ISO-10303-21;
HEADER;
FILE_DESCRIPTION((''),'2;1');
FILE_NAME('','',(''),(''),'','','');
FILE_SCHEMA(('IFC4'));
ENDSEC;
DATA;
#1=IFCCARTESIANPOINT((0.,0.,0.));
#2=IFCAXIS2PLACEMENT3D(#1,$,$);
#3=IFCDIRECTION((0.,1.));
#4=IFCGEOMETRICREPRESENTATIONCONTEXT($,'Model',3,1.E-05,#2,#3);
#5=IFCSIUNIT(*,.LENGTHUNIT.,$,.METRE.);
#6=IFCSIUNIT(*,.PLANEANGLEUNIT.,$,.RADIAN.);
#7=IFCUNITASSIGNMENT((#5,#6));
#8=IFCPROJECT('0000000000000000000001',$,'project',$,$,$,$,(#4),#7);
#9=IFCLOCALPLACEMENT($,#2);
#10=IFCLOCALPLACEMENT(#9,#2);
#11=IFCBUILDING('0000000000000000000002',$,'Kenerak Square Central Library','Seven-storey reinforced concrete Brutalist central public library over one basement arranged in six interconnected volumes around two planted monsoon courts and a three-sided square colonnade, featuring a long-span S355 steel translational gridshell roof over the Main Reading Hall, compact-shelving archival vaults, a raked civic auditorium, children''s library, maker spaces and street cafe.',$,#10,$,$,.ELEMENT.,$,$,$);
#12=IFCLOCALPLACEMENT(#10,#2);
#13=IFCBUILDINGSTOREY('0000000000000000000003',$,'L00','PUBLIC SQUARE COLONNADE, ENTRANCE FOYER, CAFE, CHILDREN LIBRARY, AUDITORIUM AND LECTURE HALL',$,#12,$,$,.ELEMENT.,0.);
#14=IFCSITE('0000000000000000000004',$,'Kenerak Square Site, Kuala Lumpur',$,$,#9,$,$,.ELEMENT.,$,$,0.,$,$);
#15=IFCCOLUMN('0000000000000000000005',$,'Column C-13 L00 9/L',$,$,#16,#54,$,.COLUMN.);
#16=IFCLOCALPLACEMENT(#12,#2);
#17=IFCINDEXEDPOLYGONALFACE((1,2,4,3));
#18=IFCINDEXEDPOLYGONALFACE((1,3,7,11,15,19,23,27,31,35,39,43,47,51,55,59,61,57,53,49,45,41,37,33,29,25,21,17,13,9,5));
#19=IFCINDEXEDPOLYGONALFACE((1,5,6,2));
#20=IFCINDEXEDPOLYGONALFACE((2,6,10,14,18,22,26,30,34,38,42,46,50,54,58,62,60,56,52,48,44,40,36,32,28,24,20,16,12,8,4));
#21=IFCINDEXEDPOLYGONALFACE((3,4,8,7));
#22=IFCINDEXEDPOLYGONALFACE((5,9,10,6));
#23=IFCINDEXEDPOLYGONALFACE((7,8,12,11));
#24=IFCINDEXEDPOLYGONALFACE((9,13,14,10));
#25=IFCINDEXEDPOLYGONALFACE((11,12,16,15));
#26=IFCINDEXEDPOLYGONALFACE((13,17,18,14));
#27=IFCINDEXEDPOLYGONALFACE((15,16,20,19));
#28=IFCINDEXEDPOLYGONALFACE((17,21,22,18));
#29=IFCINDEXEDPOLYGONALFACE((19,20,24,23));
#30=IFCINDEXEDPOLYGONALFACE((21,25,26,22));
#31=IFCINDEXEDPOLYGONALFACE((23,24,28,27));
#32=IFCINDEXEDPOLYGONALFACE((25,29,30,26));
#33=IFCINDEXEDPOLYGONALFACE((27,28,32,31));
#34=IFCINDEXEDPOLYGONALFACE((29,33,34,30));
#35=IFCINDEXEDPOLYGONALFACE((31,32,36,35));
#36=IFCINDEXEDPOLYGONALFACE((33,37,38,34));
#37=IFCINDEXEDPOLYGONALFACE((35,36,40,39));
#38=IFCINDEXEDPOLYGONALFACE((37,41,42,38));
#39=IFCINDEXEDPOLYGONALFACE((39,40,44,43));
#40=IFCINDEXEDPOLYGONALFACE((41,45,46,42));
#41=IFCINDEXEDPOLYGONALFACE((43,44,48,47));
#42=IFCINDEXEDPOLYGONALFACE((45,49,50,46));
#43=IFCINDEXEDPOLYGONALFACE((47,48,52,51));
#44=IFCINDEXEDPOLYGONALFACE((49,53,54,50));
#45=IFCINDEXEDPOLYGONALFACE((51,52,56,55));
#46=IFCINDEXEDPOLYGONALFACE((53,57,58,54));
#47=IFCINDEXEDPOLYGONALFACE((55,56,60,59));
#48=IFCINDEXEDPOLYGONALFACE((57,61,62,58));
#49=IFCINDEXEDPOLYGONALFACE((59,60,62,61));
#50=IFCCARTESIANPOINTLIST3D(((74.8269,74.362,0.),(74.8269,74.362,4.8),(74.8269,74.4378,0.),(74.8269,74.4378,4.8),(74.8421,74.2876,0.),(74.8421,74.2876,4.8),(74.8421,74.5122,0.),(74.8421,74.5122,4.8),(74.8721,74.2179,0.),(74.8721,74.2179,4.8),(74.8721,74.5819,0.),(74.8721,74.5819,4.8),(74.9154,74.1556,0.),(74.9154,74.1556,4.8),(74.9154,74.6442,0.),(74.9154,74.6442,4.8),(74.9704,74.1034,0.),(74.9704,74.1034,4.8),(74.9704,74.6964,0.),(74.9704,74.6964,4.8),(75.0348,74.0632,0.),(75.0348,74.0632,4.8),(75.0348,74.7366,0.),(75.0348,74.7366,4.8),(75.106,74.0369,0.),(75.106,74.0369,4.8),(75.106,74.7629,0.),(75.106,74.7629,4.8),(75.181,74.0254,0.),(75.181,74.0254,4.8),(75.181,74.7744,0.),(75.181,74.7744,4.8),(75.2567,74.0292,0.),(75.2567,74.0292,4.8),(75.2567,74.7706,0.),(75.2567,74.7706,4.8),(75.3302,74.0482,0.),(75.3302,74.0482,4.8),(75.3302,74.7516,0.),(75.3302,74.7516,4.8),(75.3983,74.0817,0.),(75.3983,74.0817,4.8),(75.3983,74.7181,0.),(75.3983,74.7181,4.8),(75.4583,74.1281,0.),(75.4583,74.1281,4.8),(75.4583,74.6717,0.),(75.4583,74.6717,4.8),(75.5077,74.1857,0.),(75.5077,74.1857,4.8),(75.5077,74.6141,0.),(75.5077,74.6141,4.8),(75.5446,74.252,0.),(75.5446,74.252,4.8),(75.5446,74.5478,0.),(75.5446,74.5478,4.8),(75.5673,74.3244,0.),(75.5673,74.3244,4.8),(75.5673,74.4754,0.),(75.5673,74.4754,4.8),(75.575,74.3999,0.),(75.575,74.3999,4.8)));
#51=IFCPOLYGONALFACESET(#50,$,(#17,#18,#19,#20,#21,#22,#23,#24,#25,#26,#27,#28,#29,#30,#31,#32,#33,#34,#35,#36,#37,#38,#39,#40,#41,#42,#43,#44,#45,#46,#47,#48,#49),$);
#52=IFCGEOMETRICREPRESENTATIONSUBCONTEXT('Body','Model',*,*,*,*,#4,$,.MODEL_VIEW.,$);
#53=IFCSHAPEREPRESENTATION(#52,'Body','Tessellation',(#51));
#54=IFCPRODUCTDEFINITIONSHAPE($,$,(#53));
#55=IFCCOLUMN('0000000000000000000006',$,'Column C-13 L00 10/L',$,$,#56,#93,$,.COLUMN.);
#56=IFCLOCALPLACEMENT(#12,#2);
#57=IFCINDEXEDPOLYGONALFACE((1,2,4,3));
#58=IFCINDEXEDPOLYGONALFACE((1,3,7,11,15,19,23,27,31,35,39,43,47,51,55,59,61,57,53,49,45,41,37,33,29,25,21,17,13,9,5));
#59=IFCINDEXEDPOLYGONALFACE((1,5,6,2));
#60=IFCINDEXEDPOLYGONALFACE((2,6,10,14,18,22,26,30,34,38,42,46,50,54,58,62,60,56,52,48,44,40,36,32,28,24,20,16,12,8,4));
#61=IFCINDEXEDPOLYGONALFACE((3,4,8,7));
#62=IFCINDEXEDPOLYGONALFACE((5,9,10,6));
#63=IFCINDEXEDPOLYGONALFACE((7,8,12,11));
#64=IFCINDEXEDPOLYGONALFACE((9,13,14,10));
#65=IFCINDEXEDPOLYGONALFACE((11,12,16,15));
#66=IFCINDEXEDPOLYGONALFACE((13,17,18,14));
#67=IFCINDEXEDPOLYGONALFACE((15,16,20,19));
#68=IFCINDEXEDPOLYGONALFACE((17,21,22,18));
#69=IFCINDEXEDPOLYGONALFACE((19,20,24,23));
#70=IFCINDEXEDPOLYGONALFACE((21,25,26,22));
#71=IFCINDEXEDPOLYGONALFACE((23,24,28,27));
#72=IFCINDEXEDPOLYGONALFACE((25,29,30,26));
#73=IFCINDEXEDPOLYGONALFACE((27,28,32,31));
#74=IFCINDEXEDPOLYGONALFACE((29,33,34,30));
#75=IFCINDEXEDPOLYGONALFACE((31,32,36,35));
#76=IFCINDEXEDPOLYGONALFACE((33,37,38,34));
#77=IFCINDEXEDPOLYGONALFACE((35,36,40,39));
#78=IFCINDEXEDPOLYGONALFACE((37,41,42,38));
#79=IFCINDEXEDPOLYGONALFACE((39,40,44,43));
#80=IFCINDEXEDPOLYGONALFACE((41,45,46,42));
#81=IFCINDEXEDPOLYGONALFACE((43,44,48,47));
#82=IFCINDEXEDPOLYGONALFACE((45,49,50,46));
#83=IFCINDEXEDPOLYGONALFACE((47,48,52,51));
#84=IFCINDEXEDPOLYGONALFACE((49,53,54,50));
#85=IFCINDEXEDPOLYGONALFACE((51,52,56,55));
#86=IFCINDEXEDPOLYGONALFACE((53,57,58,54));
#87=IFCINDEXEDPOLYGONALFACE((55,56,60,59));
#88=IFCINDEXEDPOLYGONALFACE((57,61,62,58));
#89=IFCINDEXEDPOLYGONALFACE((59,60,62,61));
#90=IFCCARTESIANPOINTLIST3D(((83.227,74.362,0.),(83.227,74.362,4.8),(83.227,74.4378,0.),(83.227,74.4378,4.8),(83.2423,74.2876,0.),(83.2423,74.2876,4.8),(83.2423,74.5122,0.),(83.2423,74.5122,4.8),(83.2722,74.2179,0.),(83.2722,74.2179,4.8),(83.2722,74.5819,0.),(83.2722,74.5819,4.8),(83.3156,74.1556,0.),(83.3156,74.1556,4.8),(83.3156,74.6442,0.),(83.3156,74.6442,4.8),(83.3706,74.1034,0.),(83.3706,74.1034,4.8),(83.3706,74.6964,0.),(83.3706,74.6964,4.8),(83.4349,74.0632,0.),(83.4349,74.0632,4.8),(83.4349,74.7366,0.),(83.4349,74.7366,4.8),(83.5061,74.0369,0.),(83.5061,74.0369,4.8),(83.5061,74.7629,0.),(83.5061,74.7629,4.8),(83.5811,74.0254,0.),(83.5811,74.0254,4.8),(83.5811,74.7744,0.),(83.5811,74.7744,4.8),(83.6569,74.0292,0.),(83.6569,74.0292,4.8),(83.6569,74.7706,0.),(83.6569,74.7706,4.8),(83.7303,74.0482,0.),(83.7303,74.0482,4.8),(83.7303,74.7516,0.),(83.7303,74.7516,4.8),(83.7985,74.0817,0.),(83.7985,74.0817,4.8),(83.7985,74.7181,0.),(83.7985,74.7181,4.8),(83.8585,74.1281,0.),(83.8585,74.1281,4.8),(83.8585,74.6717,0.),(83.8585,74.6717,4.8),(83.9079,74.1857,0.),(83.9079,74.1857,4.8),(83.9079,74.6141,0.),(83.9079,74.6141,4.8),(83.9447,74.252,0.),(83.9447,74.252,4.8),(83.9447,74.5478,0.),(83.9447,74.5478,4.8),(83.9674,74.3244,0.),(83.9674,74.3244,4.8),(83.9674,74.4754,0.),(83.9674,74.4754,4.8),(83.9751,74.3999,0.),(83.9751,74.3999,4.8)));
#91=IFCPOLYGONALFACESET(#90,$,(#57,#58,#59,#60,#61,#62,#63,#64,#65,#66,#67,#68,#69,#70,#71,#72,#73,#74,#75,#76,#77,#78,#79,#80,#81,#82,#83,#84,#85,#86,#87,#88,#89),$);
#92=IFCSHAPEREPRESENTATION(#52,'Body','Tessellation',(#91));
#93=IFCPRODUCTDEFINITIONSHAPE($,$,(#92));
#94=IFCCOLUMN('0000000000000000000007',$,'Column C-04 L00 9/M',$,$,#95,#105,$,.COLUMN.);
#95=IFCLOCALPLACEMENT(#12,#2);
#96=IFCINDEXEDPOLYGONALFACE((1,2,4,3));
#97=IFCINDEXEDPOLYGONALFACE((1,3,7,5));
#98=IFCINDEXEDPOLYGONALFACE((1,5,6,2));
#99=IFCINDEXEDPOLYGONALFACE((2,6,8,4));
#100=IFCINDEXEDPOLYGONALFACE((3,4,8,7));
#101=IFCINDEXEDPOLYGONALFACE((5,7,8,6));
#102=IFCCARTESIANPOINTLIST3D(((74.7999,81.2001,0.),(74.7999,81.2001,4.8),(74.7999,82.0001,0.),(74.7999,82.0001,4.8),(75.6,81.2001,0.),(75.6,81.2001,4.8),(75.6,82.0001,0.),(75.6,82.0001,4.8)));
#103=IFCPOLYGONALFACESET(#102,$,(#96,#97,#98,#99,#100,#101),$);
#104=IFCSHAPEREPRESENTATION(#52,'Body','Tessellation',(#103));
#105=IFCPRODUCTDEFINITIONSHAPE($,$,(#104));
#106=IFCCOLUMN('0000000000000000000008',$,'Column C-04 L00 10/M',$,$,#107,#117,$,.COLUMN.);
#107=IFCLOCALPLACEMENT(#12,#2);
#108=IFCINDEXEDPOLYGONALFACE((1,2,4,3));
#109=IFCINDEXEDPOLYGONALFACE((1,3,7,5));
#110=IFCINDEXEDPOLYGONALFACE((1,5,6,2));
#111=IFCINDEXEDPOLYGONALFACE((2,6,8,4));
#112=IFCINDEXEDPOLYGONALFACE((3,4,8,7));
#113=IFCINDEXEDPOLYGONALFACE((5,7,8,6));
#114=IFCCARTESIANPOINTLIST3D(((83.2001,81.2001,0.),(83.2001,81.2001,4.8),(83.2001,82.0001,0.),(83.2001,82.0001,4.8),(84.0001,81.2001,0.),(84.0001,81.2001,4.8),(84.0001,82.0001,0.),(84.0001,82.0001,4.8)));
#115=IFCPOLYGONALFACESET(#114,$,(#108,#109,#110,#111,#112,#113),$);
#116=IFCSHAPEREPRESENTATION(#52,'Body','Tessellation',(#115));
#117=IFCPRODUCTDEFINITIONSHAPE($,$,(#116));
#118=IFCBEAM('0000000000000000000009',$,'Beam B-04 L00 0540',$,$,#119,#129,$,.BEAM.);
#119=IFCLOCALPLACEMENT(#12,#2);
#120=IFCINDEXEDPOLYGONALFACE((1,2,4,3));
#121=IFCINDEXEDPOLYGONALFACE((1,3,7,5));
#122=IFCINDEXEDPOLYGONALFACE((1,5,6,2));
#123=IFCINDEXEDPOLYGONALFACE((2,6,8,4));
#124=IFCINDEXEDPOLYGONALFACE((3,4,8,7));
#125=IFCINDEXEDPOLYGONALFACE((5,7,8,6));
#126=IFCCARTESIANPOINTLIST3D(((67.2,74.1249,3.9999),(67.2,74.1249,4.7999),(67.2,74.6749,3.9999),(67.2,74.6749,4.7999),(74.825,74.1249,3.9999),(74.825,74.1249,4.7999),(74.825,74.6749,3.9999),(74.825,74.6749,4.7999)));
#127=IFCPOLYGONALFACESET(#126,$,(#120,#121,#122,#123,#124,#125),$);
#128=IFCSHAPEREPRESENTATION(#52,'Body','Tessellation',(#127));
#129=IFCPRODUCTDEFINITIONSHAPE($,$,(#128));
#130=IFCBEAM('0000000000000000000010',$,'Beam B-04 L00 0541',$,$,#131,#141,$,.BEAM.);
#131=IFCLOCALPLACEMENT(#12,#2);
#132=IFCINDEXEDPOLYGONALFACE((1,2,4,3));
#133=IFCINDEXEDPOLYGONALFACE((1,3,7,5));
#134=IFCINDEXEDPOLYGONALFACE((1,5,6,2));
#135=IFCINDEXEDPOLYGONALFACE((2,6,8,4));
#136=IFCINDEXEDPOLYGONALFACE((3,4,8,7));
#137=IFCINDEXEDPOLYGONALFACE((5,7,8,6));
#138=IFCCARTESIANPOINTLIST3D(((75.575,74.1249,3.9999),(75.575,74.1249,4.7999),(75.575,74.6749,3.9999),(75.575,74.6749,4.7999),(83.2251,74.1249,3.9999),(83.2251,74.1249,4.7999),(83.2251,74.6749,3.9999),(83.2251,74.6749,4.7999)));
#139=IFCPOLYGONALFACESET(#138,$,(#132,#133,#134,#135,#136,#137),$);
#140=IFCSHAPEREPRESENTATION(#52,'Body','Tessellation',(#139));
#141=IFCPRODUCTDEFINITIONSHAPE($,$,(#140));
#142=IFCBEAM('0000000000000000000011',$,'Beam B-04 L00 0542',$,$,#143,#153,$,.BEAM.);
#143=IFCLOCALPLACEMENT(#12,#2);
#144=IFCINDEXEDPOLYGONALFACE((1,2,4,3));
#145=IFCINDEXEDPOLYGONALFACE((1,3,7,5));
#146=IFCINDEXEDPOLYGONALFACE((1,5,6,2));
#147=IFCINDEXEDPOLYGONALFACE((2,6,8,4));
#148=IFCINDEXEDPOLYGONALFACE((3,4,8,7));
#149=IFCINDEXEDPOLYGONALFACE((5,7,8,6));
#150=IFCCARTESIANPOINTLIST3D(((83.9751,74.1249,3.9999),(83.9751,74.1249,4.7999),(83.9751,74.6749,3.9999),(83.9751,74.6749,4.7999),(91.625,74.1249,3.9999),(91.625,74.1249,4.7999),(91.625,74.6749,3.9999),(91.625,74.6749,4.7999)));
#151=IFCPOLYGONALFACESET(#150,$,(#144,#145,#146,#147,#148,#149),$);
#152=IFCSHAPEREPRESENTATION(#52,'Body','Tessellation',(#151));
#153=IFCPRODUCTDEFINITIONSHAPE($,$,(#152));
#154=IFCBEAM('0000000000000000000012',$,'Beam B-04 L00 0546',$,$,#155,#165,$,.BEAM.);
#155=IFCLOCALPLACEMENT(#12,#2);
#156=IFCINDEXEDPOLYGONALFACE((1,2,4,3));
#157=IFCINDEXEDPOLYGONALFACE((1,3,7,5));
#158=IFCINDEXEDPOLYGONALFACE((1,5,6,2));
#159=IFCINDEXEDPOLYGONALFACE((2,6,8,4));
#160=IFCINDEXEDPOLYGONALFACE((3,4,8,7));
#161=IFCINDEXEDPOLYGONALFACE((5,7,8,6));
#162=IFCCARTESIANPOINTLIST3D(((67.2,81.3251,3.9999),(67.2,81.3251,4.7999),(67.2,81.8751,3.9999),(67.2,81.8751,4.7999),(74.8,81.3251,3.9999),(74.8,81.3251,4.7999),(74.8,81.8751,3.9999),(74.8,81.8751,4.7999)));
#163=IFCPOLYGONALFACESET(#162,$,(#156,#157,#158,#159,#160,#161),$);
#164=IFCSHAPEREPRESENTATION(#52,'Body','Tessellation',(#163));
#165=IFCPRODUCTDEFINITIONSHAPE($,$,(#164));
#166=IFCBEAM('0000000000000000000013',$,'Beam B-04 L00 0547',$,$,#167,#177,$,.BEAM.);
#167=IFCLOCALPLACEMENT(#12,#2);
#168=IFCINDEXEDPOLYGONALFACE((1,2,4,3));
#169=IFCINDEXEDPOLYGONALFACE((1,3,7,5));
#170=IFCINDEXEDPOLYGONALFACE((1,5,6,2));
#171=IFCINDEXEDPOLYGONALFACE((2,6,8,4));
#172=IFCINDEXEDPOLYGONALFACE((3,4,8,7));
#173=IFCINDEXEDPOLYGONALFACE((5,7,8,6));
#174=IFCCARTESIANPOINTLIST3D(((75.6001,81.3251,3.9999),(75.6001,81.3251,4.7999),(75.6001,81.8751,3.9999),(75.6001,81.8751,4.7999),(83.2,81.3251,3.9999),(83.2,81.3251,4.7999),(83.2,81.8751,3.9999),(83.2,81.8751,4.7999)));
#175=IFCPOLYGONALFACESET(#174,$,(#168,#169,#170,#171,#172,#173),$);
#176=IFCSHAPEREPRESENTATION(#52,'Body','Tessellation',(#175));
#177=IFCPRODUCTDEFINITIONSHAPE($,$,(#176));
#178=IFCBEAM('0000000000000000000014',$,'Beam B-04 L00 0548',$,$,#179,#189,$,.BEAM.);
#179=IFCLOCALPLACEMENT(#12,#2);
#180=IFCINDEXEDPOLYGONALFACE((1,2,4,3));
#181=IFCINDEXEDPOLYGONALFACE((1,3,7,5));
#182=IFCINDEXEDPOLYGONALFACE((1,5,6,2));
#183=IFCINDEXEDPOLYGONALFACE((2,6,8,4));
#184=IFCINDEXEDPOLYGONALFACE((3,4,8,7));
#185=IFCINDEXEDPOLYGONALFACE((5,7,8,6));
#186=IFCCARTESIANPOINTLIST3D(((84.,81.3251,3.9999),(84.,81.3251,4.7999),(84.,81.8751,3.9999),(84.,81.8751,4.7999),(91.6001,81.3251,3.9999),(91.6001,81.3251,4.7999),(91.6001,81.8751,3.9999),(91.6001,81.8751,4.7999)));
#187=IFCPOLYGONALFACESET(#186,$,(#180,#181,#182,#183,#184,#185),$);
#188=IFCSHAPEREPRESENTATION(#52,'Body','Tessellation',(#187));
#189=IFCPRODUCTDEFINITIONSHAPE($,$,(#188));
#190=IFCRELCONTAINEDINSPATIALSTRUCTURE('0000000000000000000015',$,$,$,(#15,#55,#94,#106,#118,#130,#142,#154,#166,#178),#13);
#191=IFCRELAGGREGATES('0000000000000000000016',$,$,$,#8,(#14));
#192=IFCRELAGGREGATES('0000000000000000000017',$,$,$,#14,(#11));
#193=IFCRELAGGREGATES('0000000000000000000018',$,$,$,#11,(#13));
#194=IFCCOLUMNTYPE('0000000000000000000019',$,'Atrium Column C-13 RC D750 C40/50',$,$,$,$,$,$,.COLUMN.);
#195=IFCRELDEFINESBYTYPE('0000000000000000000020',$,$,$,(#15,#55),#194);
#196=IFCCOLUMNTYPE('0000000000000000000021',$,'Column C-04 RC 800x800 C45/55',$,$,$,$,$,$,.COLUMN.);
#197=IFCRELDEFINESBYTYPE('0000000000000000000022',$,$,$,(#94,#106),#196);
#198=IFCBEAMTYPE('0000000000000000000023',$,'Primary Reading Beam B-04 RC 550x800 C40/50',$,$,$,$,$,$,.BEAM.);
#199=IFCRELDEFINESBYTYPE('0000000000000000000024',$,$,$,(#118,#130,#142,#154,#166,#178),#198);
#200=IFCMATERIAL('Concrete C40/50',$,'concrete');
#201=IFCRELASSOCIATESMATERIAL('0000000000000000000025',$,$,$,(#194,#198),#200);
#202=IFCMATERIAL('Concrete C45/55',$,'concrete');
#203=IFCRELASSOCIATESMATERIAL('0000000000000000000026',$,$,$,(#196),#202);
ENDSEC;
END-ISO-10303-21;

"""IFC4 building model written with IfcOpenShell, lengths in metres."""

from ifc_helpers import new_model, si_unit, direction, frame, origin, origin_2d, place, context, subcontext, project, spatial, rectangle, circle, extrude, material, material_profile, profile_set, type_object, element, save


model = new_model("IFC4")

# Units and contexts
model_context = context("Model", 3, precision=1e-05, world=origin(), true_north=direction((0.0, 1.0)))
body_context = subcontext(model_context, "Body", "Model", "MODEL_VIEW")
ifc_project = project(units=[si_unit("LENGTHUNIT", "METRE"), si_unit("PLANEANGLEUNIT", "RADIAN")], contexts=[model_context])

# Site, building, storey
site_placement = place(None, origin())
site = spatial("IfcSite", under=ifc_project, at=site_placement, Name="Kenerak Square Site, Kuala Lumpur", CompositionType="ELEMENT", RefElevation=0.0)
building_placement = place(site_placement, origin())
building = spatial("IfcBuilding", under=site, at=building_placement, Name="Kenerak Square Central Library", Description="Seven-storey reinforced concrete Brutalist central public library over one basement arranged in six interconnected volumes around two planted monsoon courts and a three-sided square colonnade, featuring a long-span S355 steel translational gridshell roof over the Main Reading Hall, compact-shelving archival vaults, a raked civic auditorium, children's library, maker spaces and street cafe.", CompositionType="ELEMENT")
storey_placement = place(building_placement, origin())
storey = spatial("IfcBuildingStorey", under=building, at=storey_placement, Name="L00", Description="PUBLIC SQUARE COLONNADE, ENTRANCE FOYER, CAFE, CHILDREN LIBRARY, AUDITORIUM AND LECTURE HALL", CompositionType="ELEMENT", Elevation=0.0)

# Columns
ifc_material_1 = material(Name="Concrete C40/50", Category="concrete")
ifc_material_profile_1 = material_profile(ifc_material_1, circle(Radius=0.375, at=origin_2d()), Name="RC D750")
ifc_profile_set_1 = profile_set([ifc_material_profile_1], Name="Concrete C40/50")
column_type_1 = type_object("IfcColumnType", Name="Atrium Column C-13 RC D750 C40/50", PredefinedType="COLUMN", material=ifc_profile_set_1)
for number, where, z_axis, x_axis, name in (
    (1, (75.2, 74.3999, 0.0), (0.0, 0.0, 1.0), (1.0, 0.0, 0.0), "Column C-13 L00 9/L"),
    (2, (83.6001, 74.3999, 0.0), (0.0, 0.0, 1.0), (1.0, 0.0, 0.0), "Column C-13 L00 10/L"),
):
    element("IfcColumn", number, at=place(storey_placement, frame(where, z_axis=z_axis, x_axis=x_axis)), inside=storey, type_object=column_type_1, Name=name, PredefinedType="COLUMN", context=body_context, shape_type="SweptSolid", body=[
        extrude(circle(Radius=0.375, at=origin_2d()), origin(), (0.0, 0.0, 1.0), 4.8),
    ])
ifc_material_2 = material(Name="Concrete C45/55", Category="concrete")
ifc_material_profile_2 = material_profile(ifc_material_2, rectangle(XDim=0.8, YDim=0.8, at=origin_2d()), Name="RC 800x800")
ifc_profile_set_2 = profile_set([ifc_material_profile_2], Name="Concrete C45/55")
column_type_2 = type_object("IfcColumnType", Name="Column C-04 RC 800x800 C45/55", PredefinedType="COLUMN", material=ifc_profile_set_2)
for number, where, z_axis, x_axis, name in (
    (3, (75.2, 81.6001, 0.0), (0.0, 0.0, 1.0), (1.0, 0.0, 0.0), "Column C-04 L00 9/M"),
    (4, (83.6001, 81.6001, 0.0), (0.0, 0.0, 1.0), (1.0, 0.0, 0.0), "Column C-04 L00 10/M"),
):
    element("IfcColumn", number, at=place(storey_placement, frame(where, z_axis=z_axis, x_axis=x_axis)), inside=storey, type_object=column_type_2, Name=name, PredefinedType="COLUMN", context=body_context, shape_type="SweptSolid", body=[
        extrude(rectangle(XDim=0.8, YDim=0.8, at=origin_2d()), origin(), (0.0, 0.0, 1.0), 4.8),
    ])

# Beams
ifc_material_profile_3 = material_profile(ifc_material_1, rectangle(XDim=0.55, YDim=0.8, at=origin_2d()), Name="RC 550x800")
ifc_profile_set_3 = profile_set([ifc_material_profile_3], Name="Concrete C40/50")
beam_type_1 = type_object("IfcBeamType", Name="Primary Reading Beam B-04 RC 550x800 C40/50", PredefinedType="BEAM", material=ifc_profile_set_3)
beam_1_placement = place(storey_placement, frame((67.2, 74.3999, 4.3999), z_axis=(1.0, 0.0, 0.0), x_axis=(0.0, 1.0, 0.0)))
element("IfcBeam", 5, at=beam_1_placement, inside=storey, type_object=beam_type_1, Name="Beam B-04 L00 0540", PredefinedType="BEAM", context=body_context, shape_type="SweptSolid", body=[
    extrude(rectangle(XDim=0.55, YDim=0.8, at=origin_2d()), origin(), (0.0, 0.0, 1.0), 7.625),
])
beam_2_placement = place(storey_placement, frame((75.575, 74.3999, 4.3999), z_axis=(1.0, 0.0, 0.0), x_axis=(0.0, 1.0, 0.0)))
element("IfcBeam", 6, at=beam_2_placement, inside=storey, type_object=beam_type_1, Name="Beam B-04 L00 0541", PredefinedType="BEAM", context=body_context, shape_type="SweptSolid", body=[
    extrude(rectangle(XDim=0.55, YDim=0.8, at=origin_2d()), origin(), (0.0, 0.0, 1.0), 7.6501),
])
beam_3_placement = place(storey_placement, frame((83.9751, 74.3999, 4.3999), z_axis=(1.0, 0.0, 0.0), x_axis=(0.0, 1.0, 0.0)))
element("IfcBeam", 7, at=beam_3_placement, inside=storey, type_object=beam_type_1, Name="Beam B-04 L00 0542", PredefinedType="BEAM", context=body_context, shape_type="SweptSolid", body=[
    extrude(rectangle(XDim=0.55, YDim=0.8, at=origin_2d()), origin(), (0.0, 0.0, 1.0), 7.6499),
])
beam_4_placement = place(storey_placement, frame((67.2, 81.6001, 4.3999), z_axis=(1.0, 0.0, 0.0), x_axis=(0.0, 1.0, 0.0)))
element("IfcBeam", 8, at=beam_4_placement, inside=storey, type_object=beam_type_1, Name="Beam B-04 L00 0546", PredefinedType="BEAM", context=body_context, shape_type="SweptSolid", body=[
    extrude(rectangle(XDim=0.55, YDim=0.8, at=origin_2d()), origin(), (0.0, 0.0, 1.0), 7.6001),
])
beam_5_placement = place(storey_placement, frame((75.6001, 81.6001, 4.3999), z_axis=(1.0, 0.0, 0.0), x_axis=(0.0, 1.0, 0.0)))
element("IfcBeam", 9, at=beam_5_placement, inside=storey, type_object=beam_type_1, Name="Beam B-04 L00 0547", PredefinedType="BEAM", context=body_context, shape_type="SweptSolid", body=[
    extrude(rectangle(XDim=0.55, YDim=0.8, at=origin_2d()), origin(), (0.0, 0.0, 1.0), 7.5999),
])
beam_6_placement = place(storey_placement, frame((84.0, 81.6001, 4.3999), z_axis=(1.0, 0.0, 0.0), x_axis=(0.0, 1.0, 0.0)))
element("IfcBeam", 10, at=beam_6_placement, inside=storey, type_object=beam_type_1, Name="Beam B-04 L00 0548", PredefinedType="BEAM", context=body_context, shape_type="SweptSolid", body=[
    extrude(rectangle(XDim=0.55, YDim=0.8, at=origin_2d()), origin(), (0.0, 0.0, 1.0), 7.6001),
])

save(model, "model.ifc")
